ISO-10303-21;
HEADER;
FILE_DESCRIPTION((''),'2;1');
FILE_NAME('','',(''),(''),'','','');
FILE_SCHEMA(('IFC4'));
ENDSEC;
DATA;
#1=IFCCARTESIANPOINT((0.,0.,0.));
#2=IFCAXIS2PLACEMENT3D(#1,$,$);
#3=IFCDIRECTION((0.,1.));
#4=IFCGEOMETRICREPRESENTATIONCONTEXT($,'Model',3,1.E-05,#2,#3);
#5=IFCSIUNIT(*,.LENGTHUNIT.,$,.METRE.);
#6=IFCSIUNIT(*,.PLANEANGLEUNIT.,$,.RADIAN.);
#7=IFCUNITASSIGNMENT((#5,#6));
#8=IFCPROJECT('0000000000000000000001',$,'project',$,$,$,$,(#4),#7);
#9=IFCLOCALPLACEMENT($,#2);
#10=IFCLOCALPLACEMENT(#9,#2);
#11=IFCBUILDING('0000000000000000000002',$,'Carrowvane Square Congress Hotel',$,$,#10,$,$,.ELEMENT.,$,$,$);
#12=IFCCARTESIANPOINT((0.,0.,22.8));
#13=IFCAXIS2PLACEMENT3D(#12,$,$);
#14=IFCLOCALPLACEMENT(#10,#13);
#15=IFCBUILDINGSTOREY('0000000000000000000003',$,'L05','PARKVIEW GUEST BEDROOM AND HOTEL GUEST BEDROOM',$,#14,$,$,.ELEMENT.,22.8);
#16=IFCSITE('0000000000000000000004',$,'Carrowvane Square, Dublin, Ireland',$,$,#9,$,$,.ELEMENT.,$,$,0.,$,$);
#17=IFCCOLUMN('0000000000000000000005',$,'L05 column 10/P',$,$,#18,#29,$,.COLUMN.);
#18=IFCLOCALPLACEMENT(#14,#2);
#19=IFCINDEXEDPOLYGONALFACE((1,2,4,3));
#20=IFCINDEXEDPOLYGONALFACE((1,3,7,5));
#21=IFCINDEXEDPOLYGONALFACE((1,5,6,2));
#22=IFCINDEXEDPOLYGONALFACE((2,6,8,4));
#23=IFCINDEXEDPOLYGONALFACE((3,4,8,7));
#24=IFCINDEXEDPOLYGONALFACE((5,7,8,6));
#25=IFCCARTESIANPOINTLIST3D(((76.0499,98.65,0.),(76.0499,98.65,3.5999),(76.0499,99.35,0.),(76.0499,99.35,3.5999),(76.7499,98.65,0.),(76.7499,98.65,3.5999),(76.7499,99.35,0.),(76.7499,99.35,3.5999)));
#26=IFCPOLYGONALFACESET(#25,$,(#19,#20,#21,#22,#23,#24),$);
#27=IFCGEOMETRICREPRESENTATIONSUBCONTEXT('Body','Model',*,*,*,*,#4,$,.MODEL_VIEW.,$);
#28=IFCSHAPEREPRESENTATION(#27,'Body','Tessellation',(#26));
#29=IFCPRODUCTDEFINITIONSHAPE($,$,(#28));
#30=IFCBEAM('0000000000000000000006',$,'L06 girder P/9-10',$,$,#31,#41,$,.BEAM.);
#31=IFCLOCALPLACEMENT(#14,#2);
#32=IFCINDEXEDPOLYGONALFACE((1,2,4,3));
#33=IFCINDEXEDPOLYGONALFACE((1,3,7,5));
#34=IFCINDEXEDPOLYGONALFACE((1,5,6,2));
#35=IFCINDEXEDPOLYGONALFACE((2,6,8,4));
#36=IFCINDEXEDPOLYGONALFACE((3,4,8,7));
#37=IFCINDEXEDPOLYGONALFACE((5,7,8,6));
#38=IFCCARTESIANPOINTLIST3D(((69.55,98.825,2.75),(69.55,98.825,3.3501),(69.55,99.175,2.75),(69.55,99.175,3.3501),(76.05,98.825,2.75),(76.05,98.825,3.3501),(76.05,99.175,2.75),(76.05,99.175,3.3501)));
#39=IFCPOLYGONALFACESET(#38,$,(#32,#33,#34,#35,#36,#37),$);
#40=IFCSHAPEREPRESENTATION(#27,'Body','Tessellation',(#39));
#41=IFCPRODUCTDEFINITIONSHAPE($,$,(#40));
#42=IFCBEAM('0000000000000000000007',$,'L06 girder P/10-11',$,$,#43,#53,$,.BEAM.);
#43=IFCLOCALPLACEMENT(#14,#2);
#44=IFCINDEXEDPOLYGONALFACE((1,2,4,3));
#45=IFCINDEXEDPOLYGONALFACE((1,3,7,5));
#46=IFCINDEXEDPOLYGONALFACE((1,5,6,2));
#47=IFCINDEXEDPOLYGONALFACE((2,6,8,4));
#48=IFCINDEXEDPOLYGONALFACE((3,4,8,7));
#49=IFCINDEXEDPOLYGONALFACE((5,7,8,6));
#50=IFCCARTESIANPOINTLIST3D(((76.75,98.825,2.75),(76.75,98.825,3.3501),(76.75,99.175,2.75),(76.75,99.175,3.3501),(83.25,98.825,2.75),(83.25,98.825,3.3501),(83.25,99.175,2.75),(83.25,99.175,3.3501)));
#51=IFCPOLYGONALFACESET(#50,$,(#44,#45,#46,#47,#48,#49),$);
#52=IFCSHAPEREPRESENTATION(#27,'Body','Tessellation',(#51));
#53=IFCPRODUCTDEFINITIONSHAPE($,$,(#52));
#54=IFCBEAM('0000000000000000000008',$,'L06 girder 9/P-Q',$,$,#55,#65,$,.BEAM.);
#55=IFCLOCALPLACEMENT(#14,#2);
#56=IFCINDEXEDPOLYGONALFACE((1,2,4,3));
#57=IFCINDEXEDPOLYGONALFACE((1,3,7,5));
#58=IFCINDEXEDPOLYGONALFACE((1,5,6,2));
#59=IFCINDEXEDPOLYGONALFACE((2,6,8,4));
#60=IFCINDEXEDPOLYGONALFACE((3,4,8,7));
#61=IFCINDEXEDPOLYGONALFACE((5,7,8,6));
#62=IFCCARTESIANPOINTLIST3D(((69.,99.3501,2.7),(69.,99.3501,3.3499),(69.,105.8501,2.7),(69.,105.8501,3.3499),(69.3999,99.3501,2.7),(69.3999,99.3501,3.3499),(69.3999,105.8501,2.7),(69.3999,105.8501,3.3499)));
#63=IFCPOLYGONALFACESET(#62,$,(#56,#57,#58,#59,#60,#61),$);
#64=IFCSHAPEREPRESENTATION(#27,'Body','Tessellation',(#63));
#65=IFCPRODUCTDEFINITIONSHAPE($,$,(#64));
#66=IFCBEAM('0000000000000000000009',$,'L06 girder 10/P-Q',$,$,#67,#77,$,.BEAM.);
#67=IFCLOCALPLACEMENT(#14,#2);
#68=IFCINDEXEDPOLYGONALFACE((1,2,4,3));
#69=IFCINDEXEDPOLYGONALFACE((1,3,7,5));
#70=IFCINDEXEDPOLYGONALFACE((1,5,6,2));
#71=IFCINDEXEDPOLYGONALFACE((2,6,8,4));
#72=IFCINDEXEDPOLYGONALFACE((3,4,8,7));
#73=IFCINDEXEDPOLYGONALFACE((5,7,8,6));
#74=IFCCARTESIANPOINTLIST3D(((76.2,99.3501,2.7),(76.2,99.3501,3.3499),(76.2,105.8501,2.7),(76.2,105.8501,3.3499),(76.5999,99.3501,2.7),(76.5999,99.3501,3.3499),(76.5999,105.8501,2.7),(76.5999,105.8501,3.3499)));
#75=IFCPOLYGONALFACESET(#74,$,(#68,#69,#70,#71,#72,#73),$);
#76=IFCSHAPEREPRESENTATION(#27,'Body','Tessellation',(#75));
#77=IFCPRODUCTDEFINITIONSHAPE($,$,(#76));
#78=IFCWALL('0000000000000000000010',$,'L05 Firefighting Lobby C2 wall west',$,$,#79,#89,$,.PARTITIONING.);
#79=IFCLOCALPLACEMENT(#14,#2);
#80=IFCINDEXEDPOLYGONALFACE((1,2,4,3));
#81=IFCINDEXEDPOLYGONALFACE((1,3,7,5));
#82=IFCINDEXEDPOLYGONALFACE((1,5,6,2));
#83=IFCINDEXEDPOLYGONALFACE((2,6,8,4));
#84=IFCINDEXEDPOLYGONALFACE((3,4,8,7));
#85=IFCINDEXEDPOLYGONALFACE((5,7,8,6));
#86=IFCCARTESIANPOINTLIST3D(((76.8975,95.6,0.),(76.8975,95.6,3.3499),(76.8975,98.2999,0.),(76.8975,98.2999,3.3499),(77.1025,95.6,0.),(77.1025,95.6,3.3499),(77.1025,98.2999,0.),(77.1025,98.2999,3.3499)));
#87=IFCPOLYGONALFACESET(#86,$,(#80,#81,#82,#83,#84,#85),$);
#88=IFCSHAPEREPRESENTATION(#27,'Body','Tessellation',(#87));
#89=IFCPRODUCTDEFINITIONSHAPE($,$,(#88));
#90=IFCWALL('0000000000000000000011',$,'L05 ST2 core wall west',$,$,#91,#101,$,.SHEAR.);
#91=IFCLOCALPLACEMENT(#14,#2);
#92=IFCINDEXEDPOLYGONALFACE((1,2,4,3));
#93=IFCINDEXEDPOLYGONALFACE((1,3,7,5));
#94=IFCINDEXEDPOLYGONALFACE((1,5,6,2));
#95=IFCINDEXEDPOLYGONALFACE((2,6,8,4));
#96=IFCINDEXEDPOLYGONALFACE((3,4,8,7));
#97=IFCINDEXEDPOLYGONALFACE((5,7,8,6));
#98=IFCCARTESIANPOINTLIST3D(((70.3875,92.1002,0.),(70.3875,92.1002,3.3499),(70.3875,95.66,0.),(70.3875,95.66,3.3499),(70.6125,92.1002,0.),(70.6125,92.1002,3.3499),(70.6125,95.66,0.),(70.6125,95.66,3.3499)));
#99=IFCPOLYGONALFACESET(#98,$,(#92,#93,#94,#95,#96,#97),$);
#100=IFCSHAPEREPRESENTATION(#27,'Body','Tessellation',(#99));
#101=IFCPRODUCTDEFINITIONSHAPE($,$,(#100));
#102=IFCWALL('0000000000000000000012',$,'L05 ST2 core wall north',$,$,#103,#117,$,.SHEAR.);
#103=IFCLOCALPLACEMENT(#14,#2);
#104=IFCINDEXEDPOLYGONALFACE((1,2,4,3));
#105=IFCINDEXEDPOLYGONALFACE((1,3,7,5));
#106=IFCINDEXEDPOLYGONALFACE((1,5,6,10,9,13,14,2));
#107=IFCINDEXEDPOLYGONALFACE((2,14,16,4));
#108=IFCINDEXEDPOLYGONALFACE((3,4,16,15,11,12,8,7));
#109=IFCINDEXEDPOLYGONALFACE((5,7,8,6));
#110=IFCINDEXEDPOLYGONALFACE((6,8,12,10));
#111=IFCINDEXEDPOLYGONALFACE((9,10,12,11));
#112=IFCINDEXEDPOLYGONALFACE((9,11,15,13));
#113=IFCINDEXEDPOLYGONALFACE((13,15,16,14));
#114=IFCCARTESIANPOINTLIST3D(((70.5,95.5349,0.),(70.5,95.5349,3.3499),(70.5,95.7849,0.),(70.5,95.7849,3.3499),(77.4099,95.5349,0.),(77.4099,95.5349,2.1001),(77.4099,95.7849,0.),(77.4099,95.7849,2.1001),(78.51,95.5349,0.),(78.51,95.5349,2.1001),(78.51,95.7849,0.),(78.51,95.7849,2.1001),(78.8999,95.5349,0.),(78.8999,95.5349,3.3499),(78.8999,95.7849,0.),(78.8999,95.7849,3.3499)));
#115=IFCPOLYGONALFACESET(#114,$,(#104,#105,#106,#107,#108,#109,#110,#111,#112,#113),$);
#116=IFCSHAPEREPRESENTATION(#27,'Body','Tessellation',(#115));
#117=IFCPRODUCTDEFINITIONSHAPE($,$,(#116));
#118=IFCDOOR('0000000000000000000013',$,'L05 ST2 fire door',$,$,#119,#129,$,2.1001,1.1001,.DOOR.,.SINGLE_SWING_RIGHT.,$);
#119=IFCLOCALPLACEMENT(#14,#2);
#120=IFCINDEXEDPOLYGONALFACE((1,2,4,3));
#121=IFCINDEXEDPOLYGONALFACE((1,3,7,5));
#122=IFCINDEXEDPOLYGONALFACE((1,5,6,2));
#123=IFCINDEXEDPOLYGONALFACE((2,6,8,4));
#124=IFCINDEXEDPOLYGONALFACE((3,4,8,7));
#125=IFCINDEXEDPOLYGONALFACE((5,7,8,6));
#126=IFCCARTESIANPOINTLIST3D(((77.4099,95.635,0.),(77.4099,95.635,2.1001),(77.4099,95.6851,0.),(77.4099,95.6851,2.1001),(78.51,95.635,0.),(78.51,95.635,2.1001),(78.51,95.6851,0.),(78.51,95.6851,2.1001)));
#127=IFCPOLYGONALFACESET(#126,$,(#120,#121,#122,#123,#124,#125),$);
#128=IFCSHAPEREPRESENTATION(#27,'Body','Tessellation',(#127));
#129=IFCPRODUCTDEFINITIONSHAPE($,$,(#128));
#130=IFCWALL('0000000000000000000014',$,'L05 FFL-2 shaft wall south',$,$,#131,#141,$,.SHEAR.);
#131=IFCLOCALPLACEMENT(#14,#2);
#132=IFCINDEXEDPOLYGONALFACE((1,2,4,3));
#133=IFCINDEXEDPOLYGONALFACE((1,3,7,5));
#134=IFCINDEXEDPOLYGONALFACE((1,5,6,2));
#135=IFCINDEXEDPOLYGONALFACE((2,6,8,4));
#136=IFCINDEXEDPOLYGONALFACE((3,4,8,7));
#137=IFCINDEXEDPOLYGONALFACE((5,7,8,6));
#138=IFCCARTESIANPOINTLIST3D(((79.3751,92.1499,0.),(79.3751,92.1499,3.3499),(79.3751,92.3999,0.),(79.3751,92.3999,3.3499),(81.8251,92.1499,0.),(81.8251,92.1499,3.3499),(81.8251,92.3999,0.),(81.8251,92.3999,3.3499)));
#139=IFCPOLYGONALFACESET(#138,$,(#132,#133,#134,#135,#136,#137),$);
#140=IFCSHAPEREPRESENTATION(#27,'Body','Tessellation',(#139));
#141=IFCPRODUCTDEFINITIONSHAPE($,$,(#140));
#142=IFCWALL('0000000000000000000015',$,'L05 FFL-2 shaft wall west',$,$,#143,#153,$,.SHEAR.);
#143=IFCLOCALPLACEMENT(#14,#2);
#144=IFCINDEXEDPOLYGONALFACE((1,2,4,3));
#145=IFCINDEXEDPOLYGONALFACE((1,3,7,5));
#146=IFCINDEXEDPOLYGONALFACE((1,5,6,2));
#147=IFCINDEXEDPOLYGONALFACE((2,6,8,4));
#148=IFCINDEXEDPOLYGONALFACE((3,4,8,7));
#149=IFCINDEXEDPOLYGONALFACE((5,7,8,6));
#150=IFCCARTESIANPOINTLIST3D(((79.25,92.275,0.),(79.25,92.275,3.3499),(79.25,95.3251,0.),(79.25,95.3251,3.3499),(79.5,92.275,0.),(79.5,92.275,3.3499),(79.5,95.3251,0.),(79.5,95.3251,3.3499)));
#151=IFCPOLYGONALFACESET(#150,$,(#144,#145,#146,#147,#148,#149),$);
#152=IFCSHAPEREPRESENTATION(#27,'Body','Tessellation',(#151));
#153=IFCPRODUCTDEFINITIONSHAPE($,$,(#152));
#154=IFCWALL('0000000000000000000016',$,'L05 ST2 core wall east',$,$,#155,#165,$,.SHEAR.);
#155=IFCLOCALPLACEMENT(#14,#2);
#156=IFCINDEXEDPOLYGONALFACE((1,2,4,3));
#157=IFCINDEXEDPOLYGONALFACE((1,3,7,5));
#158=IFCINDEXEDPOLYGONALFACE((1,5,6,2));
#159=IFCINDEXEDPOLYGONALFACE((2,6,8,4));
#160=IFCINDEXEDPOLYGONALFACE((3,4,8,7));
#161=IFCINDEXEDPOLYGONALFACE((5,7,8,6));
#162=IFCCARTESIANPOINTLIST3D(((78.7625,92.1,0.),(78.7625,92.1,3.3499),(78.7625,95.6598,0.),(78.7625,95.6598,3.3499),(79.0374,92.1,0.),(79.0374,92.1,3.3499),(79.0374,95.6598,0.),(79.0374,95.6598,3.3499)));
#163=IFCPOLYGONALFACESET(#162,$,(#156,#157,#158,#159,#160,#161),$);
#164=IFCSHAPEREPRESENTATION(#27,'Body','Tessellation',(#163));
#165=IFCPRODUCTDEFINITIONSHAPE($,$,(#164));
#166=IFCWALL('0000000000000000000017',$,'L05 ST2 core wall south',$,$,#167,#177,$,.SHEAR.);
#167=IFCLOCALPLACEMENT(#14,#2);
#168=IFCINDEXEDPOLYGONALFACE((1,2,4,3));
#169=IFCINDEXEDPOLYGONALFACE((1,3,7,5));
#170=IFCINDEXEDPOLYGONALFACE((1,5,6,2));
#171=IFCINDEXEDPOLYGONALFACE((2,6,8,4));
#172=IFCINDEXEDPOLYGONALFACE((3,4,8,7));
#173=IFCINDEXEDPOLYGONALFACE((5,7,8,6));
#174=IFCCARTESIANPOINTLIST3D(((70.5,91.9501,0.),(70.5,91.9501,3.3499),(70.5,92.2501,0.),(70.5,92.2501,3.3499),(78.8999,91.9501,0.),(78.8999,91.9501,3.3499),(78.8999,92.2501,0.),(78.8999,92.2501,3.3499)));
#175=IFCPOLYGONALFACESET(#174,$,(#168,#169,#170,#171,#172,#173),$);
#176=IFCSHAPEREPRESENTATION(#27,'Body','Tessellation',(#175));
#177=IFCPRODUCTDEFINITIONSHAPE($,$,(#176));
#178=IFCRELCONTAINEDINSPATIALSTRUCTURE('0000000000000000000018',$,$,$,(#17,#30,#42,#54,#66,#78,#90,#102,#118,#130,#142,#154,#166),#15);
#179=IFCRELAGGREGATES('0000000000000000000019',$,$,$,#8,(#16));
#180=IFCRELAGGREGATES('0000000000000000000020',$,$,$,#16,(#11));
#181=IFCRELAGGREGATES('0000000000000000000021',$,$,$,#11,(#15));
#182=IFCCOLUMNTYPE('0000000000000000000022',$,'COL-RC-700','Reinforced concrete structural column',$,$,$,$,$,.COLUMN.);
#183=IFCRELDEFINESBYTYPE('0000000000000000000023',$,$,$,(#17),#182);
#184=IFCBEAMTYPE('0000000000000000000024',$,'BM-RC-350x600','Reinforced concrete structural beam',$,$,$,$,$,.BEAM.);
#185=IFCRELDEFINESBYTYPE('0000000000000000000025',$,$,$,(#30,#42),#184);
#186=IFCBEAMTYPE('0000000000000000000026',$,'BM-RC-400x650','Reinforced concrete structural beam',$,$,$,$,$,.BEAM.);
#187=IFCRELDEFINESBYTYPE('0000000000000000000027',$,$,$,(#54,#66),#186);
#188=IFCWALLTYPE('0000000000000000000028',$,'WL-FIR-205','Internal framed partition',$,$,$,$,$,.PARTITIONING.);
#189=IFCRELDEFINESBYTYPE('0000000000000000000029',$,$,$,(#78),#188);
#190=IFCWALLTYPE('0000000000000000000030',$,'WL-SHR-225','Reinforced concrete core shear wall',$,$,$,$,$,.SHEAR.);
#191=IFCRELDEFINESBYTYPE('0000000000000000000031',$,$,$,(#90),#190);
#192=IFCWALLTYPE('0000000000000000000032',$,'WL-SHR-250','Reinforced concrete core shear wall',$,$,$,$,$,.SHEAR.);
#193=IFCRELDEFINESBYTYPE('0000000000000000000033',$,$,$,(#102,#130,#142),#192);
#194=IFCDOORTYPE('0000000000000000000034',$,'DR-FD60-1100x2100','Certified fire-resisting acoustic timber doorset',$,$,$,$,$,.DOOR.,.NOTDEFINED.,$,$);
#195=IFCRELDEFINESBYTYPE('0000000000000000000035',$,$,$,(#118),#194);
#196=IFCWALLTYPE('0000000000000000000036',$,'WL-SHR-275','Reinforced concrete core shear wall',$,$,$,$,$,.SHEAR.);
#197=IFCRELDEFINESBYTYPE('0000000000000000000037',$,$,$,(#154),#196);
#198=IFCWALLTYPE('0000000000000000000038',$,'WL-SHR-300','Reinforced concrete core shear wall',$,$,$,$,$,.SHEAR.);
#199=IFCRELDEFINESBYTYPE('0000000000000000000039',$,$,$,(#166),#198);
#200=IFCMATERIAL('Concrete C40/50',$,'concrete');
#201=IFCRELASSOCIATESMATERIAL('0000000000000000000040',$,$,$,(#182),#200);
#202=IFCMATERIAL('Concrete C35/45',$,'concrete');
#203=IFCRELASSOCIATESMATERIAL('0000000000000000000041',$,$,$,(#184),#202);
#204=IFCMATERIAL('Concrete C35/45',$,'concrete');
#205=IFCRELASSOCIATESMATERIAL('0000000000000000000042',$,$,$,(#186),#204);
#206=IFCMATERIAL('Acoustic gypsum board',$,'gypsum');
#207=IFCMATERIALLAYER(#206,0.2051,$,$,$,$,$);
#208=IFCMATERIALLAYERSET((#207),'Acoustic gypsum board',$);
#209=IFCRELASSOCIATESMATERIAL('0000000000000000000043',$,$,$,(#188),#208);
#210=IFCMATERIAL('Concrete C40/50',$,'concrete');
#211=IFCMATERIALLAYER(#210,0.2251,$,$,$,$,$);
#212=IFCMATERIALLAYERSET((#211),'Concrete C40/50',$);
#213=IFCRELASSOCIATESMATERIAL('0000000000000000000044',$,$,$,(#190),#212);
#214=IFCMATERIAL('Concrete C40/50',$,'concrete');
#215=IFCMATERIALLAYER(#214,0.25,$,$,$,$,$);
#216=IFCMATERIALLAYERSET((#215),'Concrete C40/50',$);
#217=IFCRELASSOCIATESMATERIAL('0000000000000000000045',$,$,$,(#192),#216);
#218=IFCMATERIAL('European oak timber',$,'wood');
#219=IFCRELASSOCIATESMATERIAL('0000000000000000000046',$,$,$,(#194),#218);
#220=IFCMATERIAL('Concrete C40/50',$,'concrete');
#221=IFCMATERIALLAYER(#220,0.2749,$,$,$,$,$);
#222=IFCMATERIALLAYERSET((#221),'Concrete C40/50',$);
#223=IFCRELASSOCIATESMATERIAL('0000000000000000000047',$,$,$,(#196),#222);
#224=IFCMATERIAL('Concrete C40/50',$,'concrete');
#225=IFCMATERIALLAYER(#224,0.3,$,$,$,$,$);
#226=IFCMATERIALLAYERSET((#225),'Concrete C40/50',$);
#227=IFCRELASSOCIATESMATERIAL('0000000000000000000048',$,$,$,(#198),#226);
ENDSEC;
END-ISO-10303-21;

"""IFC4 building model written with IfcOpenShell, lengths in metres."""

from ifc_helpers import new_model, si_unit, direction, frame, frame_2d, origin, origin_2d, place, context, subcontext, project, spatial, rectangle, extrude, material, layer, layer_set, material_profile, profile_set, type_object, element, fill, save


model = new_model("IFC4")

# Units and contexts
model_context = context("Model", 3, precision=1e-05, world=origin(), true_north=direction((0.0, 1.0)))
body_context = subcontext(model_context, "Body", "Model", "MODEL_VIEW")
ifc_project = project(units=[si_unit("LENGTHUNIT", "METRE"), si_unit("PLANEANGLEUNIT", "RADIAN")], contexts=[model_context])

# Site, building, storey
site_placement = place(None, origin())
site = spatial("IfcSite", under=ifc_project, at=site_placement, Name="Carrowvane Square, Dublin, Ireland", CompositionType="ELEMENT", RefElevation=0.0)
building_placement = place(site_placement, origin())
building = spatial("IfcBuilding", under=site, at=building_placement, Name="Carrowvane Square Congress Hotel", CompositionType="ELEMENT")
storey_placement = place(building_placement, frame((0.0, 0.0, 22.8)))
storey = spatial("IfcBuildingStorey", under=building, at=storey_placement, Name="L05", Description="PARKVIEW GUEST BEDROOM AND HOTEL GUEST BEDROOM", CompositionType="ELEMENT", Elevation=22.8)

# Column
ifc_material_1 = material(Name="Concrete C40/50", Category="concrete")
ifc_material_profile_1 = material_profile(ifc_material_1, rectangle(XDim=0.7, YDim=0.7, at=origin_2d()), Name="RC 700x700")
ifc_profile_set_1 = profile_set([ifc_material_profile_1], Name="Concrete C40/50")
column_type = type_object("IfcColumnType", Name="COL-RC-700", Description="Reinforced concrete structural column", PredefinedType="COLUMN", material=ifc_profile_set_1)
column_placement = place(storey_placement, frame((76.3999, 99.0, 0.0), z_axis=(0.0, 0.0, 1.0), x_axis=(1.0, 0.0, 0.0)))
element("IfcColumn", 1, at=column_placement, inside=storey, type_object=column_type, Name="L05 column 10/P", PredefinedType="COLUMN", context=body_context, shape_type="SweptSolid", body=[
    extrude(rectangle(XDim=0.7, YDim=0.7, at=origin_2d()), origin(), (0.0, 0.0, 1.0), 3.5999),
])

# Beams
ifc_material_2 = material(Name="Concrete C35/45", Category="concrete")
ifc_material_profile_2 = material_profile(ifc_material_2, rectangle(XDim=0.3501, YDim=0.6001, at=origin_2d()), Name="RC 350x600")
ifc_profile_set_2 = profile_set([ifc_material_profile_2], Name="Concrete C35/45")
beam_type_1 = type_object("IfcBeamType", Name="BM-RC-350x600", Description="Reinforced concrete structural beam", PredefinedType="BEAM", material=ifc_profile_set_2)
for number, where, z_axis, x_axis, name in (
    (2, (69.55, 99.0, 3.05), (1.0, 0.0, 0.0), (0.0, 1.0, 0.0), "L06 girder P/9-10"),
    (3, (76.75, 99.0, 3.05), (1.0, 0.0, 0.0), (0.0, 1.0, 0.0), "L06 girder P/10-11"),
):
    element("IfcBeam", number, at=place(storey_placement, frame(where, z_axis=z_axis, x_axis=x_axis)), inside=storey, type_object=beam_type_1, Name=name, PredefinedType="BEAM", context=body_context, shape_type="SweptSolid", body=[
        extrude(rectangle(XDim=0.3501, YDim=0.6001, at=origin_2d()), origin(), (0.0, 0.0, 1.0), 6.5),
    ])
ifc_material_3 = material(Name="Concrete C35/45", Category="concrete")
ifc_material_profile_3 = material_profile(ifc_material_3, rectangle(XDim=0.3999, YDim=0.6499, at=origin_2d()), Name="RC 400x650")
ifc_profile_set_3 = profile_set([ifc_material_profile_3], Name="Concrete C35/45")
beam_type_2 = type_object("IfcBeamType", Name="BM-RC-400x650", Description="Reinforced concrete structural beam", PredefinedType="BEAM", material=ifc_profile_set_3)
for number, where, z_axis, x_axis, name in (
    (4, (69.2, 99.3501, 3.0249), (0.0, 1.0, 0.0), (-1.0, 0.0, 0.0), "L06 girder 9/P-Q"),
    (5, (76.3999, 99.3501, 3.0249), (0.0, 1.0, 0.0), (-1.0, 0.0, 0.0), "L06 girder 10/P-Q"),
):
    element("IfcBeam", number, at=place(storey_placement, frame(where, z_axis=z_axis, x_axis=x_axis)), inside=storey, type_object=beam_type_2, Name=name, PredefinedType="BEAM", context=body_context, shape_type="SweptSolid", body=[
        extrude(rectangle(XDim=0.3999, YDim=0.6499, at=origin_2d()), origin(), (0.0, 0.0, 1.0), 6.5),
    ])

# Walls
ifc_material_4 = material(Name="Acoustic gypsum board", Category="gypsum")
ifc_layer_1 = layer(ifc_material_4, 0.2051)
ifc_layer_set_1 = layer_set([ifc_layer_1], Name="Acoustic gypsum board")
wall_type_1 = type_object("IfcWallType", Name="WL-FIR-205", Description="Internal framed partition", PredefinedType="PARTITIONING", material=ifc_layer_set_1)
wall_1_placement = place(storey_placement, frame((77.0, 98.3, 0.0), z_axis=(0.0, 0.0, 1.0), x_axis=(0.0, -1.0, 0.0)))
element("IfcWall", 6, at=wall_1_placement, inside=storey, type_object=wall_type_1, Name="L05 Firefighting Lobby C2 wall west", PredefinedType="PARTITIONING", context=body_context, shape_type="SweptSolid", body=[
    extrude(rectangle(XDim=2.7, YDim=0.2051, at=frame_2d((1.3501, 0.0))), origin(), (0.0, 0.0, 1.0), 3.3499),
])
ifc_material_5 = material(Name="Concrete C40/50", Category="concrete")
ifc_layer_2 = layer(ifc_material_5, 0.2251)
ifc_layer_set_2 = layer_set([ifc_layer_2], Name="Concrete C40/50")
wall_type_2 = type_object("IfcWallType", Name="WL-SHR-225", Description="Reinforced concrete core shear wall", PredefinedType="SHEAR", material=ifc_layer_set_2)
wall_2_placement = place(storey_placement, frame((70.5, 95.6599, 0.0), z_axis=(0.0, 0.0, 1.0), x_axis=(0.0, -1.0, 0.0)))
element("IfcWall", 7, at=wall_2_placement, inside=storey, type_object=wall_type_2, Name="L05 ST2 core wall west", PredefinedType="SHEAR", context=body_context, shape_type="SweptSolid", body=[
    extrude(rectangle(XDim=3.5598, YDim=0.2251, at=frame_2d((1.7798, 0.0))), origin(), (0.0, 0.0, 1.0), 3.3499),
])

# Wall, opening, door
ifc_material_6 = material(Name="Concrete C40/50", Category="concrete")
ifc_layer_3 = layer(ifc_material_6, 0.25)
ifc_layer_set_3 = layer_set([ifc_layer_3], Name="Concrete C40/50")
wall_type_3 = type_object("IfcWallType", Name="WL-SHR-250", Description="Reinforced concrete core shear wall", PredefinedType="SHEAR", material=ifc_layer_set_3)
wall_3_placement = place(storey_placement, frame((78.8999, 95.6599, 0.0), z_axis=(0.0, 0.0, 1.0), x_axis=(-1.0, 0.0, 0.0)))
wall_3 = element("IfcWall", 8, at=wall_3_placement, inside=storey, type_object=wall_type_3, Name="L05 ST2 core wall north", PredefinedType="SHEAR", context=body_context, shape_type="SweptSolid", body=[
    extrude(rectangle(XDim=8.3999, YDim=0.25, at=frame_2d((4.2, 0.0))), origin(), (0.0, 0.0, 1.0), 3.3499),
])
opening_placement = place(wall_3_placement, frame((0.3899, 0.0, 0.0)))
opening = element("IfcOpeningElement", 9, at=opening_placement, cuts=wall_3, PredefinedType="OPENING", context=body_context, shape_type="SweptSolid", body=[
    extrude(rectangle(XDim=1.1001, YDim=2.1001, at=frame_2d((0.55, 1.05))), frame((0.0, 0.135, 0.0), z_axis=(0.0, -1.0, 0.0), x_axis=(1.0, 0.0, 0.0)), (0.0, 0.0, 1.0), 0.27),
])
ifc_material_7 = material(Name="European oak timber", Category="wood")
door_type = type_object("IfcDoorType", Name="DR-FD60-1100x2100", Description="Certified fire-resisting acoustic timber doorset", OperationType="NOTDEFINED", PredefinedType="DOOR", material=ifc_material_7)
door_placement = place(opening_placement, origin())
door = element("IfcDoor", 10, at=door_placement, inside=storey, type_object=door_type, Name="L05 ST2 fire door", OperationType="SINGLE_SWING_RIGHT", OverallHeight=2.1001, OverallWidth=1.1001, PredefinedType="DOOR", context=body_context, shape_type="SweptSolid", body=[
    extrude(rectangle(XDim=1.1001, YDim=2.1001, at=frame_2d((0.55, 1.05))), frame((0.0, 0.0249, 0.0), z_axis=(0.0, -1.0, 0.0), x_axis=(1.0, 0.0, 0.0)), (0.0, 0.0, 1.0), 0.05),
])
fill(opening, door)

# Walls
wall_4_placement = place(storey_placement, frame((79.375, 92.2749, 0.0), z_axis=(0.0, 0.0, 1.0), x_axis=(1.0, 0.0, 0.0)))
element("IfcWall", 11, at=wall_4_placement, inside=storey, type_object=wall_type_3, Name="L05 FFL-2 shaft wall south", PredefinedType="SHEAR", context=body_context, shape_type="SweptSolid", body=[
    extrude(rectangle(XDim=2.45, YDim=0.25, at=frame_2d((1.2251, 0.0))), origin(), (0.0, 0.0, 1.0), 3.3499),
])
wall_5_placement = place(storey_placement, frame((79.375, 95.325, 0.0), z_axis=(0.0, 0.0, 1.0), x_axis=(0.0, -1.0, 0.0)))
element("IfcWall", 12, at=wall_5_placement, inside=storey, type_object=wall_type_3, Name="L05 FFL-2 shaft wall west", PredefinedType="SHEAR", context=body_context, shape_type="SweptSolid", body=[
    extrude(rectangle(XDim=3.05, YDim=0.25, at=frame_2d((1.5249, 0.0))), origin(), (0.0, 0.0, 1.0), 3.3499),
])
ifc_material_8 = material(Name="Concrete C40/50", Category="concrete")
ifc_layer_4 = layer(ifc_material_8, 0.2749)
ifc_layer_set_4 = layer_set([ifc_layer_4], Name="Concrete C40/50")
wall_type_4 = type_object("IfcWallType", Name="WL-SHR-275", Description="Reinforced concrete core shear wall", PredefinedType="SHEAR", material=ifc_layer_set_4)
wall_6_placement = place(storey_placement, frame((78.8999, 92.1001, 0.0), z_axis=(0.0, 0.0, 1.0), x_axis=(0.0, 1.0, 0.0)))
element("IfcWall", 13, at=wall_6_placement, inside=storey, type_object=wall_type_4, Name="L05 ST2 core wall east", PredefinedType="SHEAR", context=body_context, shape_type="SweptSolid", body=[
    extrude(rectangle(XDim=3.5598, YDim=0.2749, at=frame_2d((1.7798, 0.0))), origin(), (0.0, 0.0, 1.0), 3.3499),
])
ifc_material_9 = material(Name="Concrete C40/50", Category="concrete")
ifc_layer_5 = layer(ifc_material_9, 0.3)
ifc_layer_set_5 = layer_set([ifc_layer_5], Name="Concrete C40/50")
wall_type_5 = type_object("IfcWallType", Name="WL-SHR-300", Description="Reinforced concrete core shear wall", PredefinedType="SHEAR", material=ifc_layer_set_5)
wall_7_placement = place(storey_placement, frame((70.5, 92.1001, 0.0), z_axis=(0.0, 0.0, 1.0), x_axis=(1.0, 0.0, 0.0)))
element("IfcWall", 14, at=wall_7_placement, inside=storey, type_object=wall_type_5, Name="L05 ST2 core wall south", PredefinedType="SHEAR", context=body_context, shape_type="SweptSolid", body=[
    extrude(rectangle(XDim=8.3999, YDim=0.3, at=frame_2d((4.2, 0.0))), origin(), (0.0, 0.0, 1.0), 3.3499),
])

save(model, "model.ifc")
